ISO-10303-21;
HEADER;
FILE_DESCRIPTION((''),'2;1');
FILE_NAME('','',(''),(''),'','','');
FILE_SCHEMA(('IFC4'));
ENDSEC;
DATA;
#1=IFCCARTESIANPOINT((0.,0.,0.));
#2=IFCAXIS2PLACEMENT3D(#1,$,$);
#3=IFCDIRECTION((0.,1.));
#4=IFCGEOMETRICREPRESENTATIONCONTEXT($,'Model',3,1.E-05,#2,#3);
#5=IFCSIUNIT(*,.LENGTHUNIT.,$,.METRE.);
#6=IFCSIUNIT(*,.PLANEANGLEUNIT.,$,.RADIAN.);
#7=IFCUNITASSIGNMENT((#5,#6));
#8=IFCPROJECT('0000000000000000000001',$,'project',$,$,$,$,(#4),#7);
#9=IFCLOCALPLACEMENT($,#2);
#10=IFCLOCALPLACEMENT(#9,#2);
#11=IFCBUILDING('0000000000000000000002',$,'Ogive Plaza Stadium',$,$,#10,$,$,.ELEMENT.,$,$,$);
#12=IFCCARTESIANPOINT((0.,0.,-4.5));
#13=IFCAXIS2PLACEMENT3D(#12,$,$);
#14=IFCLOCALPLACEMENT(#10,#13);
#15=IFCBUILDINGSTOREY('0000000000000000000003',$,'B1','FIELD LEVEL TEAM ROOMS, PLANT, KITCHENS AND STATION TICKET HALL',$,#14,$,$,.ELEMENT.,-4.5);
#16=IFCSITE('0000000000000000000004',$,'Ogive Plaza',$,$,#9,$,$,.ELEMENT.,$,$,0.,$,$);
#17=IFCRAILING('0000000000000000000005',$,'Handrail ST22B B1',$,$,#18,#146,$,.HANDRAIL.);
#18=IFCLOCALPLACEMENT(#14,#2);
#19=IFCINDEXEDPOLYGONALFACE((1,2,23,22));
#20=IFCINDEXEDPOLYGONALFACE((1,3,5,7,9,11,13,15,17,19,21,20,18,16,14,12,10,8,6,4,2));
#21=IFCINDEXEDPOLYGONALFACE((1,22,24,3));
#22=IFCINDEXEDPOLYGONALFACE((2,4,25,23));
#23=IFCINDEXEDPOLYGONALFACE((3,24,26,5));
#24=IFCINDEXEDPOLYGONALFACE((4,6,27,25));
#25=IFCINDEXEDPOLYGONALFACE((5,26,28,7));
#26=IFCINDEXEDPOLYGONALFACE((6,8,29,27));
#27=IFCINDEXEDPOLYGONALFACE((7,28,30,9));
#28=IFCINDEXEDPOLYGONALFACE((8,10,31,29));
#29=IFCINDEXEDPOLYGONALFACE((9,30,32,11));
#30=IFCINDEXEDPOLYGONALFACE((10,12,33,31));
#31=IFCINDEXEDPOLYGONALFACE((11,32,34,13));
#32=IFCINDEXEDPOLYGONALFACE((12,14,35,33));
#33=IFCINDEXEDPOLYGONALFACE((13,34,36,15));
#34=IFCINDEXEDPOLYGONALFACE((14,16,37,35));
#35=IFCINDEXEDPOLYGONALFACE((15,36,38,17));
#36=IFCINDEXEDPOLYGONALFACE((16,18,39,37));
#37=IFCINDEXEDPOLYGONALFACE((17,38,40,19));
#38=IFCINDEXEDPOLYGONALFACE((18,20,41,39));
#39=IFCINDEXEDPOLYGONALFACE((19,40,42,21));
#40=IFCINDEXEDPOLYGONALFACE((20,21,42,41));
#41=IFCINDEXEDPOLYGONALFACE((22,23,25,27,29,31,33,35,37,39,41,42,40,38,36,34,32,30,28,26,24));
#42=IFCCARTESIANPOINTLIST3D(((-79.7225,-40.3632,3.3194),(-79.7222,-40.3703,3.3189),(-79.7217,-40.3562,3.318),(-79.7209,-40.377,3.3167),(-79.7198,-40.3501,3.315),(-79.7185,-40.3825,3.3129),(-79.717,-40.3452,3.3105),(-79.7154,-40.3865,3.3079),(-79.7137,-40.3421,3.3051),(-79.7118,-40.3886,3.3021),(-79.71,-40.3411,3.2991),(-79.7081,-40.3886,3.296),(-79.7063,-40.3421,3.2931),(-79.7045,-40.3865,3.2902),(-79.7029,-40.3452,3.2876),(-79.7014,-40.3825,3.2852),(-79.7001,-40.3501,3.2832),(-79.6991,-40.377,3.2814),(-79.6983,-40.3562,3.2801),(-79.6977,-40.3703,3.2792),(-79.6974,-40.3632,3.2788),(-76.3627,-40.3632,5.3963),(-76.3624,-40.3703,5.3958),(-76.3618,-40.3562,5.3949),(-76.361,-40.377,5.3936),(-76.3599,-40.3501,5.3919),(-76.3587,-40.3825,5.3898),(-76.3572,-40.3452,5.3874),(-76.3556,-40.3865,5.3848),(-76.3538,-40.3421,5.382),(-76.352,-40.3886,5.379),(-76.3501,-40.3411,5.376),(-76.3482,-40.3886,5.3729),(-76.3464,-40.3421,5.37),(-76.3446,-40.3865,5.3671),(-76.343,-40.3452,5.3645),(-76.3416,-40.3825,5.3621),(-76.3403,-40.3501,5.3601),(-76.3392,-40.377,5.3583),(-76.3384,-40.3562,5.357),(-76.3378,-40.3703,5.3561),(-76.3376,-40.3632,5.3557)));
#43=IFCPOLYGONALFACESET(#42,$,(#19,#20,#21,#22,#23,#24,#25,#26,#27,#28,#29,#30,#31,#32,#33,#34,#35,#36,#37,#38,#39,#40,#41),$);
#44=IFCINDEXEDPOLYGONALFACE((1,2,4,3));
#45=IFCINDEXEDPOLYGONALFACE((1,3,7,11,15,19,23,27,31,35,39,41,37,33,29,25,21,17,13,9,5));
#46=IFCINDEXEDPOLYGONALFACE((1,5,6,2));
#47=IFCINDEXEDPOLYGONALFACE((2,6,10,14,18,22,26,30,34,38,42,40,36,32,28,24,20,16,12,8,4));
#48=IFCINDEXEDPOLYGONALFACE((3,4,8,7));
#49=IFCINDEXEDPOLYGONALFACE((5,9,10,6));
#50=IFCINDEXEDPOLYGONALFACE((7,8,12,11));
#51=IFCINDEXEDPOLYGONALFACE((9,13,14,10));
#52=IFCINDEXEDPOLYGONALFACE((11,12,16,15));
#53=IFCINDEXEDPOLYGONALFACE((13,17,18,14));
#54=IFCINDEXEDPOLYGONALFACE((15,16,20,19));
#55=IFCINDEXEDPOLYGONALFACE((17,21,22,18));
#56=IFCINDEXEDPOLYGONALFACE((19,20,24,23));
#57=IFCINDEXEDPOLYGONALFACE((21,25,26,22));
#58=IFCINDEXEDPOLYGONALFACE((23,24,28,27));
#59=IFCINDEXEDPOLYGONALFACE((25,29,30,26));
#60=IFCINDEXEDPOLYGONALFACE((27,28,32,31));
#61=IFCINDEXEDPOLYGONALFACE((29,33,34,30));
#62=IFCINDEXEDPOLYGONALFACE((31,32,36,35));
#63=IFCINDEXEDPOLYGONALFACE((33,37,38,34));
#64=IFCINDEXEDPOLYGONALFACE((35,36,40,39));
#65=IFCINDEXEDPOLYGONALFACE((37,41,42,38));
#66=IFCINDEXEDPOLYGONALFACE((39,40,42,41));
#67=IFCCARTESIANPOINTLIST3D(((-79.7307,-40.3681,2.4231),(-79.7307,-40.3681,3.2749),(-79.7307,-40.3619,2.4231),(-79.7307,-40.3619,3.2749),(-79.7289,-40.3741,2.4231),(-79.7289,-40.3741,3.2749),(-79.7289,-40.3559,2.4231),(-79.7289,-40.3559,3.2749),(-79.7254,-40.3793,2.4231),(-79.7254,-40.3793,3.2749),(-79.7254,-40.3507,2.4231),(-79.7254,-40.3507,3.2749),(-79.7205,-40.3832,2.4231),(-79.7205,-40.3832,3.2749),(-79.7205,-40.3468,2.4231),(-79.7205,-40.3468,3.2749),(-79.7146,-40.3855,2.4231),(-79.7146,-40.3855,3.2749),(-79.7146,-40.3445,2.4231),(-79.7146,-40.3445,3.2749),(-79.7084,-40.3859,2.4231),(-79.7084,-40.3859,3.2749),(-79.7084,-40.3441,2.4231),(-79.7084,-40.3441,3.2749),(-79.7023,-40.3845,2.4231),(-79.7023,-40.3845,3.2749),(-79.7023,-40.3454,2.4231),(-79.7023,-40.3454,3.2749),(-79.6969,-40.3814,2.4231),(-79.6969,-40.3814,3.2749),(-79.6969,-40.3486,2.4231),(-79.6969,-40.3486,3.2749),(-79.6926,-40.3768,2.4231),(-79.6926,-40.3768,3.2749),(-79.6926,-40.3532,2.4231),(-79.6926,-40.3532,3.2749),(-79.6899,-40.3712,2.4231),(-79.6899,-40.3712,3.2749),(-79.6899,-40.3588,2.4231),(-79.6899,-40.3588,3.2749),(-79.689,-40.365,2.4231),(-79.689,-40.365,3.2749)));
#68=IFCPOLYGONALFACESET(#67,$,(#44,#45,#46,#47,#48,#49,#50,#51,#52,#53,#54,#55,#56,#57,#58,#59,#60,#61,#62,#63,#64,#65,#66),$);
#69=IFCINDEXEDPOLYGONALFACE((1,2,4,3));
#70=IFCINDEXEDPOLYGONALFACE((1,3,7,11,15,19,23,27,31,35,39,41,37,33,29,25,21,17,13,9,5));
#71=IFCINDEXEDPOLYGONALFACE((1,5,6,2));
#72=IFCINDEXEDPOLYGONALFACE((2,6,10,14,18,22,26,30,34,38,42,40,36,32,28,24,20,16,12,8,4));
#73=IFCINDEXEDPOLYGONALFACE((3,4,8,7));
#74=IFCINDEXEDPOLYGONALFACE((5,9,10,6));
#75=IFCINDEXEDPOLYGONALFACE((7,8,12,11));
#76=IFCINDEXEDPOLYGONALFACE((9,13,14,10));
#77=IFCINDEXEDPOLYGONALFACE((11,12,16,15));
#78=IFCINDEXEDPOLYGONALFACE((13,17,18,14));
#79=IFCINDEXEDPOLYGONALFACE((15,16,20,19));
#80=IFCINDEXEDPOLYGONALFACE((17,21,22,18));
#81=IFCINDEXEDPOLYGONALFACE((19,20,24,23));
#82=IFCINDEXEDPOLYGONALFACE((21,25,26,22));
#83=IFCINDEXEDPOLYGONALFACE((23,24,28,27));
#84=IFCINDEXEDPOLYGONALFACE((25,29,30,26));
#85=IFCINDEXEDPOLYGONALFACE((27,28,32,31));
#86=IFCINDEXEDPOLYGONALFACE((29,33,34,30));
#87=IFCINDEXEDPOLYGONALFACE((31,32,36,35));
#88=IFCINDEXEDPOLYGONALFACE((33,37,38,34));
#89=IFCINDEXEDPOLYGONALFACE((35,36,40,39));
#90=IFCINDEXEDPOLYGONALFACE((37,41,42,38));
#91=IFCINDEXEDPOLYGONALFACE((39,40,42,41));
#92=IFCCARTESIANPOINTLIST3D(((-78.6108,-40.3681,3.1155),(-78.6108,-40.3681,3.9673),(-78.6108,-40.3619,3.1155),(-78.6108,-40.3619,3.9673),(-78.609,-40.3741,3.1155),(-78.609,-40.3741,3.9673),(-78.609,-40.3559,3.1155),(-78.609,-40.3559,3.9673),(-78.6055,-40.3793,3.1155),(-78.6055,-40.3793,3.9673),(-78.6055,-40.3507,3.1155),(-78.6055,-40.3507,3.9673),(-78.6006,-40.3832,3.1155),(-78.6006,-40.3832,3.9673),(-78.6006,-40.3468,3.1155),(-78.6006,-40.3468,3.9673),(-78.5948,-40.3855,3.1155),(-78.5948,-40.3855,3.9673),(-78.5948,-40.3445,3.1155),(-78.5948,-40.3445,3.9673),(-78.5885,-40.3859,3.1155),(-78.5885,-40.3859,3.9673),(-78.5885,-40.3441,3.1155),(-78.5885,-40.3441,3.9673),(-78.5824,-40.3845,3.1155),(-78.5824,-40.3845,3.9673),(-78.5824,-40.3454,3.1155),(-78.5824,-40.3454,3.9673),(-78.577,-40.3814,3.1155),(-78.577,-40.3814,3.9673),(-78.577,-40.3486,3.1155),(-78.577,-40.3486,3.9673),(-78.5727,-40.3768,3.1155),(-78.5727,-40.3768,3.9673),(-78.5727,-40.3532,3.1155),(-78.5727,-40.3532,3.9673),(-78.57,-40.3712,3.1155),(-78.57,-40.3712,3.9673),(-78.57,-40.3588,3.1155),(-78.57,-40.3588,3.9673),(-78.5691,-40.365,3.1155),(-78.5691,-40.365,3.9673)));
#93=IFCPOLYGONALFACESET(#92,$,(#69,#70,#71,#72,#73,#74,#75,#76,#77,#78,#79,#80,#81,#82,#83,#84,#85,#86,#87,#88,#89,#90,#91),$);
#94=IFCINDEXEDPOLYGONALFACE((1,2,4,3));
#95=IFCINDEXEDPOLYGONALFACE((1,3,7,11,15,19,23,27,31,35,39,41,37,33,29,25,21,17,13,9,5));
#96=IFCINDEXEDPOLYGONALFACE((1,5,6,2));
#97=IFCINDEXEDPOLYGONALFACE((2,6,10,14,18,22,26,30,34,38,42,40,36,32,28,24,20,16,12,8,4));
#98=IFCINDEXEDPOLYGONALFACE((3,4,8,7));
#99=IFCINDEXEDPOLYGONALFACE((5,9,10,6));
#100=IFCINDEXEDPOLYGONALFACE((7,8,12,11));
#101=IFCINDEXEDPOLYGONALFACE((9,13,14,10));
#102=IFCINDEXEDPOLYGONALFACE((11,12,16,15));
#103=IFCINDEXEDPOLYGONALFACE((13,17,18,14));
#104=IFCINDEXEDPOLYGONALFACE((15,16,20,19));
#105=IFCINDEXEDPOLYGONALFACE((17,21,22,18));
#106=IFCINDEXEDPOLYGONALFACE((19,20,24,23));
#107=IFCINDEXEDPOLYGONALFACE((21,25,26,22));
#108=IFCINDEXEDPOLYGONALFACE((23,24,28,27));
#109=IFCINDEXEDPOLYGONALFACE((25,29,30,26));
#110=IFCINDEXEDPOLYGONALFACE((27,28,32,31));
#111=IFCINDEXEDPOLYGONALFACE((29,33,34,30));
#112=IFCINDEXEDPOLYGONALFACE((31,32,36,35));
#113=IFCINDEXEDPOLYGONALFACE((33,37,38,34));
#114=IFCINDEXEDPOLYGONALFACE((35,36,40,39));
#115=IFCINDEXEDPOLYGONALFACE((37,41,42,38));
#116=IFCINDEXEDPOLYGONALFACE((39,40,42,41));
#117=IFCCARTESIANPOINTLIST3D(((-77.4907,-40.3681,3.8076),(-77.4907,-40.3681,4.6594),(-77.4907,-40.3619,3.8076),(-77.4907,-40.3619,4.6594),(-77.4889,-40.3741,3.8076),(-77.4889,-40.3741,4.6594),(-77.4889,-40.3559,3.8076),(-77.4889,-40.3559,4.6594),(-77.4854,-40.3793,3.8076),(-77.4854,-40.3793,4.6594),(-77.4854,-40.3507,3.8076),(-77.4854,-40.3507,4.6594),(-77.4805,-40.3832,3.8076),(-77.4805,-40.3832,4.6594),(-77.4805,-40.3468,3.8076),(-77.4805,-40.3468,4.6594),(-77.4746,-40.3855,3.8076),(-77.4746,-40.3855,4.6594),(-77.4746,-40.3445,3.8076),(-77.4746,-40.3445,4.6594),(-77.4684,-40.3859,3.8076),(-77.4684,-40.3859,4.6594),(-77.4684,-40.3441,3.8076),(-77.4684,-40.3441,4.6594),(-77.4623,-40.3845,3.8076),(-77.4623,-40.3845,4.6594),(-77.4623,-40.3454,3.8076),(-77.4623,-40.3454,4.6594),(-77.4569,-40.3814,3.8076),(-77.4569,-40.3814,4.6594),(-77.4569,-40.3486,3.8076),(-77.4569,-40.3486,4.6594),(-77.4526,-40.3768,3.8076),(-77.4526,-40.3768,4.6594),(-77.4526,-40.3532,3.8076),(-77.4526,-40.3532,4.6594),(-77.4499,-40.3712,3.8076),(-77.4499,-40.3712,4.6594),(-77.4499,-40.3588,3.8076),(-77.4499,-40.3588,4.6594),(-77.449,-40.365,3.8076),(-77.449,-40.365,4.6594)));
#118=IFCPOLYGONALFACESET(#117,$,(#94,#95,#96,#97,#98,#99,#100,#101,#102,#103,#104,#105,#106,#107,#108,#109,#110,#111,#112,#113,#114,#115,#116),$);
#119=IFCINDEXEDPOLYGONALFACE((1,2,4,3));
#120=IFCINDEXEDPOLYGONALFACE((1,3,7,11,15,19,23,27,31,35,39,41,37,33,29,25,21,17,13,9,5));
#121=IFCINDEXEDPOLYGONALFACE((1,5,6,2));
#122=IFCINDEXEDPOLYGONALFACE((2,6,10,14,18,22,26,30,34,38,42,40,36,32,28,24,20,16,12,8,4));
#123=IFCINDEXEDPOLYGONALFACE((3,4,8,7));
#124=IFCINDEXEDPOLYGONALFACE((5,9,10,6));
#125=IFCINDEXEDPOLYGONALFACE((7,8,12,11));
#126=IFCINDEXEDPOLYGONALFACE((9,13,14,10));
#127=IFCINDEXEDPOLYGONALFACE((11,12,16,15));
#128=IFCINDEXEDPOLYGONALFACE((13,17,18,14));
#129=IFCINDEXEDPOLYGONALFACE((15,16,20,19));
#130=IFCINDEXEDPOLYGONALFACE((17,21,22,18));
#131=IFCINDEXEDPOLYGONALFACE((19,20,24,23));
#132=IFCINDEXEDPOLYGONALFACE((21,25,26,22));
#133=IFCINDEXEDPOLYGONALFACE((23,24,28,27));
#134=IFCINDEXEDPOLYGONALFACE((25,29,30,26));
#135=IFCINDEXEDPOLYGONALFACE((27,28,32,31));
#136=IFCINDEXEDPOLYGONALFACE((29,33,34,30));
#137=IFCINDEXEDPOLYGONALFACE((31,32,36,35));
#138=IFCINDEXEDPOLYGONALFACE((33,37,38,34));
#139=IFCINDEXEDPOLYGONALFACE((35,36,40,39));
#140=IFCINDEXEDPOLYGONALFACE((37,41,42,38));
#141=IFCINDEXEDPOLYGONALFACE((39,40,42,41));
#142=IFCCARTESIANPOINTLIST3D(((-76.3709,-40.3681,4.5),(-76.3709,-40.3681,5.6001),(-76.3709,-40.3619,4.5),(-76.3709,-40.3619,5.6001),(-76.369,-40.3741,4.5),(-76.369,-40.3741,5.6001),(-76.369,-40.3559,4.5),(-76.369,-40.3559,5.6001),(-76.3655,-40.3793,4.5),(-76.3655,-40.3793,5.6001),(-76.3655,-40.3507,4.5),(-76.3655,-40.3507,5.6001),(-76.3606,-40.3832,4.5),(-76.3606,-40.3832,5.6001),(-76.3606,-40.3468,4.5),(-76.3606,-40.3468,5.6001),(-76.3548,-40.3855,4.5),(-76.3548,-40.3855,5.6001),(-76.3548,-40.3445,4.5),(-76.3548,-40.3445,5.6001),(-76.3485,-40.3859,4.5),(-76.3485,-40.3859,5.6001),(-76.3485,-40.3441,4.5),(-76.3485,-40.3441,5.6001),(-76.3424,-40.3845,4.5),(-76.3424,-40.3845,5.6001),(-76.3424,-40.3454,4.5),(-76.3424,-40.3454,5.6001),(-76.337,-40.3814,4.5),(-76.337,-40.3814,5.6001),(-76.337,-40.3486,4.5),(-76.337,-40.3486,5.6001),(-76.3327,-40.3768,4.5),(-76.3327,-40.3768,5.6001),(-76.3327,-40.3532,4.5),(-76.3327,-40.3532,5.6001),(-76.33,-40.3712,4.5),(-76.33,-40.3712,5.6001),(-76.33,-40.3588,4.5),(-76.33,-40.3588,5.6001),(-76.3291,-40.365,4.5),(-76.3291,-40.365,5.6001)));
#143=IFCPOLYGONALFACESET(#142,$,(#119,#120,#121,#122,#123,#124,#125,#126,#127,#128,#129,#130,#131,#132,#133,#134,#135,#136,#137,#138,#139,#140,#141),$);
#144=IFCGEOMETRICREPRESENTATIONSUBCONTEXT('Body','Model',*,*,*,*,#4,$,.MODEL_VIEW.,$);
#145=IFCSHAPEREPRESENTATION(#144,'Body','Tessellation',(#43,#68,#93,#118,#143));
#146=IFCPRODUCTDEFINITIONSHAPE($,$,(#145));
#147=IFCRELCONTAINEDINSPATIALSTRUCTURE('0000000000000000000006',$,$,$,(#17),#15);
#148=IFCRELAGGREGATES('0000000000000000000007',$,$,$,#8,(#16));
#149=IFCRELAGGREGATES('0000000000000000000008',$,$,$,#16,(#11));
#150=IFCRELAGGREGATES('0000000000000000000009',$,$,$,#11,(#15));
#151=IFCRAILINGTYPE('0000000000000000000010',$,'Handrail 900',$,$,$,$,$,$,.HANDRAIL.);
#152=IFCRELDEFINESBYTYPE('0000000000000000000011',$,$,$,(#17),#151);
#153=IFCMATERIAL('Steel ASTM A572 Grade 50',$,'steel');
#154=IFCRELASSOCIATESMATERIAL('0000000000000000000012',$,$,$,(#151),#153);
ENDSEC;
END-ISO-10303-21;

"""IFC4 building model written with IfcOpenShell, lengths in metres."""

from ifc_helpers import new_model, si_unit, direction, frame, origin, origin_2d, place, context, subcontext, project, spatial, circle, extrude, material, type_object, element, save


model = new_model("IFC4")

# Units and contexts
model_context = context("Model", 3, precision=1e-05, world=origin(), true_north=direction((0.0, 1.0)))
body_context = subcontext(model_context, "Body", "Model", "MODEL_VIEW")
ifc_project = project(units=[si_unit("LENGTHUNIT", "METRE"), si_unit("PLANEANGLEUNIT", "RADIAN")], contexts=[model_context])

# Site, building, storey
site_placement = place(None, origin())
site = spatial("IfcSite", under=ifc_project, at=site_placement, Name="Ogive Plaza", CompositionType="ELEMENT", RefElevation=0.0)
building_placement = place(site_placement, origin())
building = spatial("IfcBuilding", under=site, at=building_placement, Name="Ogive Plaza Stadium", CompositionType="ELEMENT")
storey_placement = place(building_placement, frame((0.0, 0.0, -4.5)))
storey = spatial("IfcBuildingStorey", under=building, at=storey_placement, Name="B1", Description="FIELD LEVEL TEAM ROOMS, PLANT, KITCHENS AND STATION TICKET HALL", CompositionType="ELEMENT", Elevation=-4.5)

# Railing
ifc_material_1 = material(Name="Steel ASTM A572 Grade 50", Category="steel")
railing_type_1 = type_object("IfcRailingType", Name="Handrail 900", PredefinedType="HANDRAIL", material=ifc_material_1)
for number, where, name in (
    (1, (-79.71, -40.365, 2.4231), "Handrail ST22B B1"),
):
    element("IfcRailing", number, at=place(storey_placement, frame(where)), inside=storey, type_object=railing_type_1, Name=name, PredefinedType="HANDRAIL", context=body_context, shape_type="SweptSolid", body=[
        extrude(circle(Radius=0.0239, at=origin_2d()), frame((0.0, 0.0, 0.876), z_axis=(0.850606, 0.0, 0.525803), x_axis=(0.0, 1.0, 0.0)), (0.0, 0.0, 1.0), 3.95),
        extrude(circle(Radius=0.021, at=origin_2d()), origin(), (0.0, 0.0, 1.0), 0.8518),
        extrude(circle(Radius=0.021, at=origin_2d()), frame((1.1199, 0.0, 0.6924)), (0.0, 0.0, 1.0), 0.8518),
        extrude(circle(Radius=0.021, at=origin_2d()), frame((2.24, 0.0, 1.3845)), (0.0, 0.0, 1.0), 0.8518),
        extrude(circle(Radius=0.021, at=origin_2d()), frame((3.3599, 0.0, 2.0769)), (0.0, 0.0, 1.0), 1.1001),
    ])

save(model, "model.ifc")
